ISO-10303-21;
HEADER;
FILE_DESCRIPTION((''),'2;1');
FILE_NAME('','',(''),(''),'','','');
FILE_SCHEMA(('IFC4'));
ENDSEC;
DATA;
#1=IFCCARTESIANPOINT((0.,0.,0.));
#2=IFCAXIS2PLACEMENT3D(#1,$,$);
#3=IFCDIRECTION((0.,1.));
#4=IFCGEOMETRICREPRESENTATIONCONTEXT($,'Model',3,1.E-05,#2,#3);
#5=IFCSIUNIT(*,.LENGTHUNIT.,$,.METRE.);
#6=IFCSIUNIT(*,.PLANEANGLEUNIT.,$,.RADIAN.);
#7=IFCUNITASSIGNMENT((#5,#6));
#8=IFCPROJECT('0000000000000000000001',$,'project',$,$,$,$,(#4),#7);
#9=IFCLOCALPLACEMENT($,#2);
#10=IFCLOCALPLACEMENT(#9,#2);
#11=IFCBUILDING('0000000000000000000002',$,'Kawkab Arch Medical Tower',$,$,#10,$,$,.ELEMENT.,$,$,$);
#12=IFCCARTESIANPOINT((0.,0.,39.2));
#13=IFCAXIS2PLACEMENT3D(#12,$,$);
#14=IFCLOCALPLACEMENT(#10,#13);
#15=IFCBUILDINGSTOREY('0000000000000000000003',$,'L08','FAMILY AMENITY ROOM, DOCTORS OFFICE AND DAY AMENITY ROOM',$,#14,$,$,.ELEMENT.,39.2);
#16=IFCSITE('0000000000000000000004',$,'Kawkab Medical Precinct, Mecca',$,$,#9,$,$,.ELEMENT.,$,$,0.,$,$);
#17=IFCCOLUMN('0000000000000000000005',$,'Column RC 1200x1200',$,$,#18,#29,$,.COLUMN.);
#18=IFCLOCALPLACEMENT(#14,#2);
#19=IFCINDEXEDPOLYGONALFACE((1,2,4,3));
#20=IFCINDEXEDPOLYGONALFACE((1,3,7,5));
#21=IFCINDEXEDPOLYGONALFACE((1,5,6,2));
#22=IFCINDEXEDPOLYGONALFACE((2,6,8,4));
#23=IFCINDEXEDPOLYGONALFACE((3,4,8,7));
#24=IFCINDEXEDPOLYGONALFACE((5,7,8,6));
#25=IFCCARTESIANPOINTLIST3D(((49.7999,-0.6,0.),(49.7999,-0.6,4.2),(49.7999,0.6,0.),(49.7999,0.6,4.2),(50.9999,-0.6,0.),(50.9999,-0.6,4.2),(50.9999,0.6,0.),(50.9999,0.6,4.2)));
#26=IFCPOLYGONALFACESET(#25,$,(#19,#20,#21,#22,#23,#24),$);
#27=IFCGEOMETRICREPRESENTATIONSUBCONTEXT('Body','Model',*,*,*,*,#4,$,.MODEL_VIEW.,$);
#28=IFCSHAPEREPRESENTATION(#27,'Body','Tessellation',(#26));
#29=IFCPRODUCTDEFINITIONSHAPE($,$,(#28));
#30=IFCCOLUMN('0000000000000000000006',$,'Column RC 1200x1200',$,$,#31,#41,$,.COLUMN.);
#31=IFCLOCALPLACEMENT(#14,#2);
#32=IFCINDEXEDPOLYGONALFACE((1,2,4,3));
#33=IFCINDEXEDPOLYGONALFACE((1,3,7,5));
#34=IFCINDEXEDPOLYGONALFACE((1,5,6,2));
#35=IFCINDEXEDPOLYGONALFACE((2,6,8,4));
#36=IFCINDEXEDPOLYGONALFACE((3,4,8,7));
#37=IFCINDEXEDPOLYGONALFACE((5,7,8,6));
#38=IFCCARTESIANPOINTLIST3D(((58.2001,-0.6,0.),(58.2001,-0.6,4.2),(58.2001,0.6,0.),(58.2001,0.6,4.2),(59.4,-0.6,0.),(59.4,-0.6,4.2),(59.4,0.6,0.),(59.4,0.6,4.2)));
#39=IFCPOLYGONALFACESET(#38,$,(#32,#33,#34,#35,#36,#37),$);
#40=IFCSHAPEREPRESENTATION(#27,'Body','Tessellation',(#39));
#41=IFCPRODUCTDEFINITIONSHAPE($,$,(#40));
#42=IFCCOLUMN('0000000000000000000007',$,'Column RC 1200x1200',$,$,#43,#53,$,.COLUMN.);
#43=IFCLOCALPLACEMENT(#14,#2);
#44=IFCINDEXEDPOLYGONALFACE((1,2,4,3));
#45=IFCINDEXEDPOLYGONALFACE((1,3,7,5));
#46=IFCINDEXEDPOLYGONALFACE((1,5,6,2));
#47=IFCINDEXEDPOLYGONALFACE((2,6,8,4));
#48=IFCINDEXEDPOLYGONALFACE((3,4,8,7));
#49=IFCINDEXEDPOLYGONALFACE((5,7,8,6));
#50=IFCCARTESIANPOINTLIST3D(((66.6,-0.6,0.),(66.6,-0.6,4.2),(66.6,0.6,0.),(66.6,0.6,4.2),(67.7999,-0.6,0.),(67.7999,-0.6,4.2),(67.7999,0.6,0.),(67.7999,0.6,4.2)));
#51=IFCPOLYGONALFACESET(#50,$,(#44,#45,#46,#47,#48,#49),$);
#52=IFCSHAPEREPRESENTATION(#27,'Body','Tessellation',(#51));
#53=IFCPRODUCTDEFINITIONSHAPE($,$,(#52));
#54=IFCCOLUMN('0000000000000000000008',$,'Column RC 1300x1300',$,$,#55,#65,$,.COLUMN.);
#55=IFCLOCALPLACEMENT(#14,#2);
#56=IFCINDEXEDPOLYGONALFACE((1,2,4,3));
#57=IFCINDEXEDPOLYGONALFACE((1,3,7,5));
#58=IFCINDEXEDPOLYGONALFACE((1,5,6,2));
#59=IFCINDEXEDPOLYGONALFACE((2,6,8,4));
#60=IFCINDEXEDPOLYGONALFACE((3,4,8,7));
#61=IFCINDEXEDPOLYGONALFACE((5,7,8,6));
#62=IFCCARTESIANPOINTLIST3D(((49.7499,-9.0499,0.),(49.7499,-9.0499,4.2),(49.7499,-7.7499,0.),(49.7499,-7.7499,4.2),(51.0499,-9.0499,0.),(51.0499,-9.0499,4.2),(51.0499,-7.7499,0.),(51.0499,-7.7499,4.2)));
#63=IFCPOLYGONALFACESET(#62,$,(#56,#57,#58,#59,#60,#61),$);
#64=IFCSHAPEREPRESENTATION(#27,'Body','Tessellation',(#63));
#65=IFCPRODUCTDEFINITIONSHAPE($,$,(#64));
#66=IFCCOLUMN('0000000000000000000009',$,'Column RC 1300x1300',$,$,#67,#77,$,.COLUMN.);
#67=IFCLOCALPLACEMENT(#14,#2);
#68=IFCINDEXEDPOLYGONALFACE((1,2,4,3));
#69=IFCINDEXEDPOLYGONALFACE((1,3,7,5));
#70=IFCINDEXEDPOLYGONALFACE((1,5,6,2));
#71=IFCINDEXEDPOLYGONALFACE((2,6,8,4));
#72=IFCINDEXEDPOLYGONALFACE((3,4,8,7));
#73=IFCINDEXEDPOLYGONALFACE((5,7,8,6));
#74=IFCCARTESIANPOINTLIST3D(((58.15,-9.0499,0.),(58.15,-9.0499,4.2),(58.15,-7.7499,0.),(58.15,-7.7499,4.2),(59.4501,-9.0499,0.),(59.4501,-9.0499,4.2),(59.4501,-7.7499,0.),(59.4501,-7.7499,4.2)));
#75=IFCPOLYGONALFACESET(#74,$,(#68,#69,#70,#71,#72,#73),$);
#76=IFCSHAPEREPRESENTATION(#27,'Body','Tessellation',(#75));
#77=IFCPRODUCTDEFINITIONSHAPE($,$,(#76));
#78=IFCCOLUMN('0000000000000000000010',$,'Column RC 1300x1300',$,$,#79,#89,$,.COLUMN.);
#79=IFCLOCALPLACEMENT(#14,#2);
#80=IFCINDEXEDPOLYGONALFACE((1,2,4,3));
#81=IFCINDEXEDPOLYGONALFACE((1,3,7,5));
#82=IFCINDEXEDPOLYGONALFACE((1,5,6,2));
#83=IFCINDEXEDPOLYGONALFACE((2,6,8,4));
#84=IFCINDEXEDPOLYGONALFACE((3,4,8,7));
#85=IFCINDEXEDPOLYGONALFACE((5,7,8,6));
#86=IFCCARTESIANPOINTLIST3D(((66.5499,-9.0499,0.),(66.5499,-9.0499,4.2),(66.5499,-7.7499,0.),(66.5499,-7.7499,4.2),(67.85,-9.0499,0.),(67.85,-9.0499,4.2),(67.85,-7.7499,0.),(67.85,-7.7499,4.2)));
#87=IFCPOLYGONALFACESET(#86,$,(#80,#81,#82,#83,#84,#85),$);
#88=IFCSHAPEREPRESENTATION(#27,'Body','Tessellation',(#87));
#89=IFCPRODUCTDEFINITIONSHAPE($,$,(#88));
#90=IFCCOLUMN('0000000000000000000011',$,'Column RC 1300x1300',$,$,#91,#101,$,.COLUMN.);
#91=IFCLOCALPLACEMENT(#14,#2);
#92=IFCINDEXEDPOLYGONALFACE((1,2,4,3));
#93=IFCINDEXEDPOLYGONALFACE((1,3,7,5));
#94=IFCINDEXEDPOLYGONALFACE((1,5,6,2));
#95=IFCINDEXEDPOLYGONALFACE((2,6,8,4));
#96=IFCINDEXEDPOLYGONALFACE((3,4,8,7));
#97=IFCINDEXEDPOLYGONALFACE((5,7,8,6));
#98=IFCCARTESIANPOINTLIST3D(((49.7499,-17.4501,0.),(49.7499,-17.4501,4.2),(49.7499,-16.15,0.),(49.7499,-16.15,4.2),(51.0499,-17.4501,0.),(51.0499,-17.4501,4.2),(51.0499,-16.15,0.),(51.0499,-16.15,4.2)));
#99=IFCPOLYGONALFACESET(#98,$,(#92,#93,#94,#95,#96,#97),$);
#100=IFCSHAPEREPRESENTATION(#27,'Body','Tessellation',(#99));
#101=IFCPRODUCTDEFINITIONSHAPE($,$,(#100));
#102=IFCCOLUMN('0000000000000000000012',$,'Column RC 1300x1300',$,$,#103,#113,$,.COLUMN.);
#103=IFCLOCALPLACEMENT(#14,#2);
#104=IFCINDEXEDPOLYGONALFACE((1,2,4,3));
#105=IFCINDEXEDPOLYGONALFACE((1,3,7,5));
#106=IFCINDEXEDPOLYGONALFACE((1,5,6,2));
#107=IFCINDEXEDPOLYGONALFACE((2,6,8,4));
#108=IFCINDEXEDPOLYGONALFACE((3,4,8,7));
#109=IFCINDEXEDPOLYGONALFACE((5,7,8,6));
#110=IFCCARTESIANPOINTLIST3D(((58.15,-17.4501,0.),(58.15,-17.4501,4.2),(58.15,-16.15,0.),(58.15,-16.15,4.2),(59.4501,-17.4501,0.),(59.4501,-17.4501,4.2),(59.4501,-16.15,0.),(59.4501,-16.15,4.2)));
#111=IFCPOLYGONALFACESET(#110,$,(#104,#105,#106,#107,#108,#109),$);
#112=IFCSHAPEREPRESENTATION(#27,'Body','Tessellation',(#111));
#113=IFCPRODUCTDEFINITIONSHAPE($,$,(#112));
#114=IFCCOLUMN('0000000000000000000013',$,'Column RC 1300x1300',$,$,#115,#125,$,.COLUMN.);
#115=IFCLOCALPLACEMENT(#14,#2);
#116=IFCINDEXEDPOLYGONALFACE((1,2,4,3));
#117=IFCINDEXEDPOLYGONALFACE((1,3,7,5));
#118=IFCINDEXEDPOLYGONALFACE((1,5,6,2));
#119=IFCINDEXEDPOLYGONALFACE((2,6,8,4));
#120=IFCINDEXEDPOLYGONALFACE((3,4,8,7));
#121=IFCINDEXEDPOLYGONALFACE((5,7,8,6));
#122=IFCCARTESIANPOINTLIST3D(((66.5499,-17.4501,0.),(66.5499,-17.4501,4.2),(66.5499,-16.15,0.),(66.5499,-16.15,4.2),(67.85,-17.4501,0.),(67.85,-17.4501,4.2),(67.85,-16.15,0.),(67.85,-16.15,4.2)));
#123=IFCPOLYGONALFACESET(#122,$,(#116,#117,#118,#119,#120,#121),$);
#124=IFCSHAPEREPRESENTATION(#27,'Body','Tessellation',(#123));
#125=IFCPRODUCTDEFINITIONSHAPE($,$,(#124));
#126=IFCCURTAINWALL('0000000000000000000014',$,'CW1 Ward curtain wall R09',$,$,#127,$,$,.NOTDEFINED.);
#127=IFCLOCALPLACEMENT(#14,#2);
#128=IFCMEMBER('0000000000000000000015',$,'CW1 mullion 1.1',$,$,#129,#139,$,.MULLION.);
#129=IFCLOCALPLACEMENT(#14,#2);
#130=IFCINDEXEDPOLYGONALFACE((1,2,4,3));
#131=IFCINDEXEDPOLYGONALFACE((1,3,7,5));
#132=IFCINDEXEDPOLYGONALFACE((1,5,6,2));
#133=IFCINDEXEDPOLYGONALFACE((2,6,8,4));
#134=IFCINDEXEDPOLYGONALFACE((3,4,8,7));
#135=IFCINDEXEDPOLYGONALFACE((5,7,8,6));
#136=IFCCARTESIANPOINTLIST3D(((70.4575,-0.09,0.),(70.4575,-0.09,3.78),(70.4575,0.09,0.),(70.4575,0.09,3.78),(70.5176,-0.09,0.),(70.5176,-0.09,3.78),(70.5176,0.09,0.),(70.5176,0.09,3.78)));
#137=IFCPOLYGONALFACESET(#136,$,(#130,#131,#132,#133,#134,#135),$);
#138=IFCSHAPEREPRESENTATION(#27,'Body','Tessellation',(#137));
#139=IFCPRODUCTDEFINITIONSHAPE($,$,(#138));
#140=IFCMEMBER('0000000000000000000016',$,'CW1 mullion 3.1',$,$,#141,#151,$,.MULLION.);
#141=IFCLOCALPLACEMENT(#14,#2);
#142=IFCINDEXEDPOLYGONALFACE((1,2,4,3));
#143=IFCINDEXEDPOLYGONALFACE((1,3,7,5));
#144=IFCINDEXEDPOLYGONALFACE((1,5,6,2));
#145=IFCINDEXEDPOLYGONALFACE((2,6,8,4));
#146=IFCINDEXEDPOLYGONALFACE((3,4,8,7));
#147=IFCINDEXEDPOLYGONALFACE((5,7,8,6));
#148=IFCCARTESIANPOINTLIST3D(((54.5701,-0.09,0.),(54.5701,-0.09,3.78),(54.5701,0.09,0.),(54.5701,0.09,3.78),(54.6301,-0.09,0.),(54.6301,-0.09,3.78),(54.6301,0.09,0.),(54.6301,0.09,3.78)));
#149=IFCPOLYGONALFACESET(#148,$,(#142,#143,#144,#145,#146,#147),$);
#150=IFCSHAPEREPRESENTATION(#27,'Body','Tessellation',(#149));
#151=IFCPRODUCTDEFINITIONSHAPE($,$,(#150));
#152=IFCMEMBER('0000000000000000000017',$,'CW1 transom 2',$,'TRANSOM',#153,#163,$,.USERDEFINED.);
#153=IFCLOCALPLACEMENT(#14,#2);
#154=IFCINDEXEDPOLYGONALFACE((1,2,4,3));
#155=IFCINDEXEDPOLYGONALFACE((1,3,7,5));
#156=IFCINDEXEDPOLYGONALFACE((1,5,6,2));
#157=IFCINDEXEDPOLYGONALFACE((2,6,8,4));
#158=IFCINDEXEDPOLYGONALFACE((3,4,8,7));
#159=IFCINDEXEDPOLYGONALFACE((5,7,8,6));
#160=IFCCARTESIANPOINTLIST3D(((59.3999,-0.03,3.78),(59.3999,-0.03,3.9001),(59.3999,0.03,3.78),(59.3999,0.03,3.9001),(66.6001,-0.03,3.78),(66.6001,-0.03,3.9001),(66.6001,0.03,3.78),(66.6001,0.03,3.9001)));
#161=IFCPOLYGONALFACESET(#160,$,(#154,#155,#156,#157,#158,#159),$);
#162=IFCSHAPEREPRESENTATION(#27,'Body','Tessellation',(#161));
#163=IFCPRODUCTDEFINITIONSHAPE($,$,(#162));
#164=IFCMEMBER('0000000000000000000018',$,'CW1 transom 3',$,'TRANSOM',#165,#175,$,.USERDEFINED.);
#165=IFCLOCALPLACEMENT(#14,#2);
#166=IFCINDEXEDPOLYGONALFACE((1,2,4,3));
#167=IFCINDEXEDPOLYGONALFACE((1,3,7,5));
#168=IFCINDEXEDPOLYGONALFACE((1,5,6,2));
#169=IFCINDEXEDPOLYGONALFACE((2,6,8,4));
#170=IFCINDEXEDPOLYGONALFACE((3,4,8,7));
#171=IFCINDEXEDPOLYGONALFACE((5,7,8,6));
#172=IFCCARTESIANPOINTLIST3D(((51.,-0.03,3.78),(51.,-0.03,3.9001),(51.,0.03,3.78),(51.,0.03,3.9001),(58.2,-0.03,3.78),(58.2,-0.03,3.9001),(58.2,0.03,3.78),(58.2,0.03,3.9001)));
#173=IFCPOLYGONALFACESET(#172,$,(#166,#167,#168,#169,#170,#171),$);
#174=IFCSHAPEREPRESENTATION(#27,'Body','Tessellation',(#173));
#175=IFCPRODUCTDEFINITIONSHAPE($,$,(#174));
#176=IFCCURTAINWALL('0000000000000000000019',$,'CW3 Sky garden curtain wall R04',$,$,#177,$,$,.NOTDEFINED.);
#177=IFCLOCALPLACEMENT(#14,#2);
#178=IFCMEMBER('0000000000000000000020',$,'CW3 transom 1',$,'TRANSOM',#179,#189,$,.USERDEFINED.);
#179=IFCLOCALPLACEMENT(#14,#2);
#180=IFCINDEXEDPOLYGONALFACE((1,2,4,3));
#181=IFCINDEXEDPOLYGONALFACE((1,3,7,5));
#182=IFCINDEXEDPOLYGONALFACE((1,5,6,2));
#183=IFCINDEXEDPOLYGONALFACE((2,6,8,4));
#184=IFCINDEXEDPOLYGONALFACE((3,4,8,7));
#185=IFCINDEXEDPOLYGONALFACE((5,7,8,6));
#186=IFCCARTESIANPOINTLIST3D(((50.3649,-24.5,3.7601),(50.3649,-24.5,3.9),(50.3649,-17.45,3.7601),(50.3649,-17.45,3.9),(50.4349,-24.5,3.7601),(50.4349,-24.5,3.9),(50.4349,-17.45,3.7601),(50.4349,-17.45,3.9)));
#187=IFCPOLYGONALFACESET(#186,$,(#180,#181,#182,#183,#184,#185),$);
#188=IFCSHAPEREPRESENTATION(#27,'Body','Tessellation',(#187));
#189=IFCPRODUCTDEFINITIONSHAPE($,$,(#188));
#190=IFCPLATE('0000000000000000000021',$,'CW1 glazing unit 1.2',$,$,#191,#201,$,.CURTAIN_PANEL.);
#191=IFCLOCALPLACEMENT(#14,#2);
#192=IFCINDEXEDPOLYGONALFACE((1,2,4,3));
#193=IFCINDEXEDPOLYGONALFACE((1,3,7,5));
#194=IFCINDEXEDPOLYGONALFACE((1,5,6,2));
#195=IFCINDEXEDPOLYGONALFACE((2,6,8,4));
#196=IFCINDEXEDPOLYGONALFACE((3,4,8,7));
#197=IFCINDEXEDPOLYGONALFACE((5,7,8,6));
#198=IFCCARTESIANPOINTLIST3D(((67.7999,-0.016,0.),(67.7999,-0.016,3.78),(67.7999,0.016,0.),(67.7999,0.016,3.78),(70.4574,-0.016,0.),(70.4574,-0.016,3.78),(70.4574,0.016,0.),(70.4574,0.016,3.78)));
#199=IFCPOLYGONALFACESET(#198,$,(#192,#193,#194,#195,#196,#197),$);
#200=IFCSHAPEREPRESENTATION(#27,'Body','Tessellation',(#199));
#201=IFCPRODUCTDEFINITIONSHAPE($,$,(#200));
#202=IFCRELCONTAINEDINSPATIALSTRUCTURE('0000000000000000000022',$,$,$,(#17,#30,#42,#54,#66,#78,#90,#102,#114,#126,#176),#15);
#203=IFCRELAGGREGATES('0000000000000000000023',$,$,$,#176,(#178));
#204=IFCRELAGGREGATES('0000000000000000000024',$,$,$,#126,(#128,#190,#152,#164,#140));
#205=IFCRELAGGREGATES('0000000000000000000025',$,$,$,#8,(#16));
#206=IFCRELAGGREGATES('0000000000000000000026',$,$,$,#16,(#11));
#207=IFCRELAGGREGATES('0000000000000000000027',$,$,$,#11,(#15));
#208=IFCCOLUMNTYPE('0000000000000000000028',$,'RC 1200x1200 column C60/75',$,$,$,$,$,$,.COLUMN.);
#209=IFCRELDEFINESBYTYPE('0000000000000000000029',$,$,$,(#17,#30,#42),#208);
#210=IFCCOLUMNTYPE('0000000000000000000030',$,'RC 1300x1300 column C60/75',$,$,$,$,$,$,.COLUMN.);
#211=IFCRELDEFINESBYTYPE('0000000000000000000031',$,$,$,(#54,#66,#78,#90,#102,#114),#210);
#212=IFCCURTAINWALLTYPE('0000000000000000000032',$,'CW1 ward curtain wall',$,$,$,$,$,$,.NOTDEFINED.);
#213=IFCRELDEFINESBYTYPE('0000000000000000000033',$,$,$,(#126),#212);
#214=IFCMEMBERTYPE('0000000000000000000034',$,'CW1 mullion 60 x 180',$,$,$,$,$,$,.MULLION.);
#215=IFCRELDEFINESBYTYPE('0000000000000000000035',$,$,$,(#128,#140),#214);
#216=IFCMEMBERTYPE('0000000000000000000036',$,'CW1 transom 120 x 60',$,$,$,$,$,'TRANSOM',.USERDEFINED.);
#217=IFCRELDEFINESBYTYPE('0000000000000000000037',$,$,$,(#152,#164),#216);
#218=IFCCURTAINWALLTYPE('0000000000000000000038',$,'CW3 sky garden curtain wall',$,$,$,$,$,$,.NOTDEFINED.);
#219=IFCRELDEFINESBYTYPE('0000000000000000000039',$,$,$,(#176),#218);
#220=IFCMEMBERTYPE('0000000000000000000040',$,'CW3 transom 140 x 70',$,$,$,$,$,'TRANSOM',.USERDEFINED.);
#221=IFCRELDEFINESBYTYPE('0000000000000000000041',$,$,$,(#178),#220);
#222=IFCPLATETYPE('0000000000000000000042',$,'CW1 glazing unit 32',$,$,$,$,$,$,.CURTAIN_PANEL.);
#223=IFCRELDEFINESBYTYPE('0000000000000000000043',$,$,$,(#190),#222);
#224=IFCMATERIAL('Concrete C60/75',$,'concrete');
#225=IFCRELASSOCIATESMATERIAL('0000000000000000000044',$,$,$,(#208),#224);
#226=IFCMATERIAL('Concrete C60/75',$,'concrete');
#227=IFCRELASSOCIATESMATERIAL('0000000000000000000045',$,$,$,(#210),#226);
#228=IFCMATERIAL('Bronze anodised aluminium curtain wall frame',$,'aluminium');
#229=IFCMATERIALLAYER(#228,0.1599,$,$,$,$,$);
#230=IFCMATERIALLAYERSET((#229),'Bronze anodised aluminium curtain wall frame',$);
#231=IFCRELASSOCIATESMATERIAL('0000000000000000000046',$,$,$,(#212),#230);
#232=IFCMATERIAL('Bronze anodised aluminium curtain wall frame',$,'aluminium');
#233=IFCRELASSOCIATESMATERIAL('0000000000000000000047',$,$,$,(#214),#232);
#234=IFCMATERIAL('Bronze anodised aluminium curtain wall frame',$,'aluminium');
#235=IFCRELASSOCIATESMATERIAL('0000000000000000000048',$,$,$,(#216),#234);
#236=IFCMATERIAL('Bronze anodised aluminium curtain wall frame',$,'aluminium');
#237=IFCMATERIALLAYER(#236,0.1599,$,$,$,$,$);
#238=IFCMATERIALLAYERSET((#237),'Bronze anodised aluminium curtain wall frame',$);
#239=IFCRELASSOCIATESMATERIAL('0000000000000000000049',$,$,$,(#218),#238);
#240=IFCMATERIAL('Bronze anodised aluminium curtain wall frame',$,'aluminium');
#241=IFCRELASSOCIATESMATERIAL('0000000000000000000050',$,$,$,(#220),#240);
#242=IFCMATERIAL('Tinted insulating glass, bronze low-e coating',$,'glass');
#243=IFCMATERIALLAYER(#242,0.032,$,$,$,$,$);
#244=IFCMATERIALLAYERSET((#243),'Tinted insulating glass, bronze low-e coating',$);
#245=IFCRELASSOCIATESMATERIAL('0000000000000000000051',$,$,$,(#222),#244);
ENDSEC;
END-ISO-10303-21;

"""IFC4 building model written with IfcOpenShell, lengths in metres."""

from ifc_helpers import new_model, si_unit, direction, frame, origin, origin_2d, place, context, subcontext, project, spatial, rectangle, extrude, material, layer, layer_set, material_profile, profile_set, type_object, element, aggregate, save


model = new_model("IFC4")

# Units and contexts
model_context = context("Model", 3, precision=1e-05, world=origin(), true_north=direction((0.0, 1.0)))
body_context = subcontext(model_context, "Body", "Model", "MODEL_VIEW")
ifc_project = project(units=[si_unit("LENGTHUNIT", "METRE"), si_unit("PLANEANGLEUNIT", "RADIAN")], contexts=[model_context])

# Site, building, storey
site_placement = place(None, origin())
site = spatial("IfcSite", under=ifc_project, at=site_placement, Name="Kawkab Medical Precinct, Mecca", CompositionType="ELEMENT", RefElevation=0.0)
building_placement = place(site_placement, origin())
building = spatial("IfcBuilding", under=site, at=building_placement, Name="Kawkab Arch Medical Tower", CompositionType="ELEMENT")
storey_placement = place(building_placement, frame((0.0, 0.0, 39.2)))
storey = spatial("IfcBuildingStorey", under=building, at=storey_placement, Name="L08", Description="FAMILY AMENITY ROOM, DOCTORS OFFICE AND DAY AMENITY ROOM", CompositionType="ELEMENT", Elevation=39.2)

# Columns
ifc_material_1 = material(Name="Concrete C60/75", Category="concrete")
ifc_material_profile_1 = material_profile(ifc_material_1, rectangle(XDim=1.2, YDim=1.2, at=origin_2d()), Name="RC 1200x1200")
ifc_profile_set_1 = profile_set([ifc_material_profile_1], Name="Concrete C60/75")
column_type_1 = type_object("IfcColumnType", Name="RC 1200x1200 column C60/75", PredefinedType="COLUMN", material=ifc_profile_set_1)
for number, where, z_axis, x_axis, name in (
    (1, (50.3999, 0.0, 0.0), (0.0, 0.0, 1.0), (1.0, 0.0, 0.0), "Column RC 1200x1200"),
    (2, (58.8, 0.0, 0.0), (0.0, 0.0, 1.0), (1.0, 0.0, 0.0), "Column RC 1200x1200"),
    (3, (67.2, 0.0, 0.0), (0.0, 0.0, 1.0), (1.0, 0.0, 0.0), "Column RC 1200x1200"),
):
    element("IfcColumn", number, at=place(storey_placement, frame(where, z_axis=z_axis, x_axis=x_axis)), inside=storey, type_object=column_type_1, Name=name, PredefinedType="COLUMN", context=body_context, shape_type="SweptSolid", body=[
        extrude(rectangle(XDim=1.2, YDim=1.2, at=origin_2d()), origin(), (0.0, 0.0, 1.0), 4.2),
    ])
ifc_material_2 = material(Name="Concrete C60/75", Category="concrete")
ifc_material_profile_2 = material_profile(ifc_material_2, rectangle(XDim=1.3, YDim=1.3, at=origin_2d()), Name="RC 1300x1300")
ifc_profile_set_2 = profile_set([ifc_material_profile_2], Name="Concrete C60/75")
column_type_2 = type_object("IfcColumnType", Name="RC 1300x1300 column C60/75", PredefinedType="COLUMN", material=ifc_profile_set_2)
for number, where, z_axis, x_axis, name in (
    (4, (50.3999, -8.3999, 0.0), (0.0, 0.0, 1.0), (1.0, 0.0, 0.0), "Column RC 1300x1300"),
    (5, (58.8, -8.3999, 0.0), (0.0, 0.0, 1.0), (1.0, 0.0, 0.0), "Column RC 1300x1300"),
    (6, (67.2, -8.3999, 0.0), (0.0, 0.0, 1.0), (1.0, 0.0, 0.0), "Column RC 1300x1300"),
    (7, (50.3999, -16.8, 0.0), (0.0, 0.0, 1.0), (1.0, 0.0, 0.0), "Column RC 1300x1300"),
    (8, (58.8, -16.8, 0.0), (0.0, 0.0, 1.0), (1.0, 0.0, 0.0), "Column RC 1300x1300"),
    (9, (67.2, -16.8, 0.0), (0.0, 0.0, 1.0), (1.0, 0.0, 0.0), "Column RC 1300x1300"),
):
    element("IfcColumn", number, at=place(storey_placement, frame(where, z_axis=z_axis, x_axis=x_axis)), inside=storey, type_object=column_type_2, Name=name, PredefinedType="COLUMN", context=body_context, shape_type="SweptSolid", body=[
        extrude(rectangle(XDim=1.3, YDim=1.3, at=origin_2d()), origin(), (0.0, 0.0, 1.0), 4.2),
    ])

# Curtain wall, members
ifc_material_3 = material(Name="Bronze anodised aluminium curtain wall frame", Category="aluminium")
ifc_layer_1 = layer(ifc_material_3, 0.1599)
ifc_layer_set_1 = layer_set([ifc_layer_1], Name="Bronze anodised aluminium curtain wall frame")
curtain_wall_type_1 = type_object("IfcCurtainWallType", Name="CW1 ward curtain wall", PredefinedType="NOTDEFINED", material=ifc_layer_set_1)
placement = place(storey_placement, origin())
curtain_wall_1 = element("IfcCurtainWall", 10, at=placement, inside=storey, type_object=curtain_wall_type_1, Name="CW1 Ward curtain wall R09", PredefinedType="NOTDEFINED")
ifc_material_4 = material(Name="Bronze anodised aluminium curtain wall frame", Category="aluminium")
ifc_material_profile_3 = material_profile(ifc_material_4, rectangle(XDim=0.1799, YDim=0.0601, at=origin_2d()), Name="AL 60x180")
ifc_profile_set_3 = profile_set([ifc_material_profile_3], Name="Bronze anodised aluminium curtain wall frame")
member_type_1 = type_object("IfcMemberType", Name="CW1 mullion 60 x 180", PredefinedType="MULLION", material=ifc_profile_set_3)
member_1_placement = place(storey_placement, frame((70.4875, 0.0, 0.0), z_axis=(0.0, 0.0, 1.0), x_axis=(0.0, -1.0, 0.0)))
member_1 = element("IfcMember", 11, at=member_1_placement, type_object=member_type_1, Name="CW1 mullion 1.1", PredefinedType="MULLION", context=body_context, shape_type="SweptSolid", body=[
    extrude(rectangle(XDim=0.1799, YDim=0.0601, at=origin_2d()), origin(), (0.0, 0.0, 1.0), 3.78),
])
member_2_placement = place(storey_placement, frame((54.6001, 0.0, 0.0), z_axis=(0.0, 0.0, 1.0), x_axis=(0.0, -1.0, 0.0)))
member_2 = element("IfcMember", 12, at=member_2_placement, type_object=member_type_1, Name="CW1 mullion 3.1", PredefinedType="MULLION", context=body_context, shape_type="SweptSolid", body=[
    extrude(rectangle(XDim=0.1799, YDim=0.0601, at=origin_2d()), origin(), (0.0, 0.0, 1.0), 3.78),
])
ifc_material_5 = material(Name="Bronze anodised aluminium curtain wall frame", Category="aluminium")
ifc_material_profile_4 = material_profile(ifc_material_5, rectangle(XDim=0.0601, YDim=0.1201, at=origin_2d()), Name="AL 60x120")
ifc_profile_set_4 = profile_set([ifc_material_profile_4], Name="Bronze anodised aluminium curtain wall frame")
member_type_2 = type_object("IfcMemberType", Name="CW1 transom 120 x 60", ElementType="TRANSOM", PredefinedType="USERDEFINED", material=ifc_profile_set_4)
member_3_placement = place(storey_placement, frame((66.6001, 0.0, 3.8401), z_axis=(-1.0, 0.0, 0.0), x_axis=(0.0, -1.0, 0.0)))
member_3 = element("IfcMember", 13, at=member_3_placement, type_object=member_type_2, Name="CW1 transom 2", ObjectType="TRANSOM", PredefinedType="USERDEFINED", context=body_context, shape_type="SweptSolid", body=[
    extrude(rectangle(XDim=0.0601, YDim=0.1201, at=origin_2d()), origin(), (0.0, 0.0, 1.0), 7.2002),
])
member_4_placement = place(storey_placement, frame((58.2, 0.0, 3.8401), z_axis=(-1.0, 0.0, 0.0), x_axis=(0.0, -1.0, 0.0)))
member_4 = element("IfcMember", 14, at=member_4_placement, type_object=member_type_2, Name="CW1 transom 3", ObjectType="TRANSOM", PredefinedType="USERDEFINED", context=body_context, shape_type="SweptSolid", body=[
    extrude(rectangle(XDim=0.0601, YDim=0.1201, at=origin_2d()), origin(), (0.0, 0.0, 1.0), 7.2),
])

# Curtain wall, member
ifc_material_6 = material(Name="Bronze anodised aluminium curtain wall frame", Category="aluminium")
ifc_layer_2 = layer(ifc_material_6, 0.1599)
ifc_layer_set_2 = layer_set([ifc_layer_2], Name="Bronze anodised aluminium curtain wall frame")
curtain_wall_type_2 = type_object("IfcCurtainWallType", Name="CW3 sky garden curtain wall", PredefinedType="NOTDEFINED", material=ifc_layer_set_2)
curtain_wall_2 = element("IfcCurtainWall", 15, at=placement, inside=storey, type_object=curtain_wall_type_2, Name="CW3 Sky garden curtain wall R04", PredefinedType="NOTDEFINED")
ifc_material_7 = material(Name="Bronze anodised aluminium curtain wall frame", Category="aluminium")
ifc_material_profile_5 = material_profile(ifc_material_7, rectangle(XDim=0.0701, YDim=0.1399, at=origin_2d()), Name="AL 70x140")
ifc_profile_set_5 = profile_set([ifc_material_profile_5], Name="Bronze anodised aluminium curtain wall frame")
member_type_3 = type_object("IfcMemberType", Name="CW3 transom 140 x 70", ElementType="TRANSOM", PredefinedType="USERDEFINED", material=ifc_profile_set_5)
member_5_placement = place(storey_placement, frame((50.3999, -17.45, 3.8301), z_axis=(0.0, -1.0, 0.0), x_axis=(1.0, 0.0, 0.0)))
member_5 = element("IfcMember", 16, at=member_5_placement, type_object=member_type_3, Name="CW3 transom 1", ObjectType="TRANSOM", PredefinedType="USERDEFINED", context=body_context, shape_type="SweptSolid", body=[
    extrude(rectangle(XDim=0.0701, YDim=0.1399, at=origin_2d()), origin(), (0.0, 0.0, 1.0), 7.05),
])
aggregate(curtain_wall_2, [member_5])

# Plate
ifc_material_8 = material(Name="Tinted insulating glass, bronze low-e coating", Category="glass")
ifc_layer_3 = layer(ifc_material_8, 0.032)
ifc_layer_set_3 = layer_set([ifc_layer_3], Name="Tinted insulating glass, bronze low-e coating")
plate_type = type_object("IfcPlateType", Name="CW1 glazing unit 32", PredefinedType="CURTAIN_PANEL", material=ifc_layer_set_3)
plate_1_placement = place(storey_placement, frame((69.1287, 0.0, 0.0), z_axis=(0.0, 0.0, 1.0), x_axis=(-1.0, 0.0, 0.0)))
plate_1 = element("IfcPlate", 17, at=plate_1_placement, type_object=plate_type, Name="CW1 glazing unit 1.2", PredefinedType="CURTAIN_PANEL", context=body_context, shape_type="SweptSolid", body=[
    extrude(rectangle(XDim=2.6575, YDim=0.032, at=origin_2d()), origin(), (0.0, 0.0, 1.0), 3.78),
])
aggregate(curtain_wall_1, [member_1, plate_1, member_3, member_4, member_2])

save(model, "model.ifc")
